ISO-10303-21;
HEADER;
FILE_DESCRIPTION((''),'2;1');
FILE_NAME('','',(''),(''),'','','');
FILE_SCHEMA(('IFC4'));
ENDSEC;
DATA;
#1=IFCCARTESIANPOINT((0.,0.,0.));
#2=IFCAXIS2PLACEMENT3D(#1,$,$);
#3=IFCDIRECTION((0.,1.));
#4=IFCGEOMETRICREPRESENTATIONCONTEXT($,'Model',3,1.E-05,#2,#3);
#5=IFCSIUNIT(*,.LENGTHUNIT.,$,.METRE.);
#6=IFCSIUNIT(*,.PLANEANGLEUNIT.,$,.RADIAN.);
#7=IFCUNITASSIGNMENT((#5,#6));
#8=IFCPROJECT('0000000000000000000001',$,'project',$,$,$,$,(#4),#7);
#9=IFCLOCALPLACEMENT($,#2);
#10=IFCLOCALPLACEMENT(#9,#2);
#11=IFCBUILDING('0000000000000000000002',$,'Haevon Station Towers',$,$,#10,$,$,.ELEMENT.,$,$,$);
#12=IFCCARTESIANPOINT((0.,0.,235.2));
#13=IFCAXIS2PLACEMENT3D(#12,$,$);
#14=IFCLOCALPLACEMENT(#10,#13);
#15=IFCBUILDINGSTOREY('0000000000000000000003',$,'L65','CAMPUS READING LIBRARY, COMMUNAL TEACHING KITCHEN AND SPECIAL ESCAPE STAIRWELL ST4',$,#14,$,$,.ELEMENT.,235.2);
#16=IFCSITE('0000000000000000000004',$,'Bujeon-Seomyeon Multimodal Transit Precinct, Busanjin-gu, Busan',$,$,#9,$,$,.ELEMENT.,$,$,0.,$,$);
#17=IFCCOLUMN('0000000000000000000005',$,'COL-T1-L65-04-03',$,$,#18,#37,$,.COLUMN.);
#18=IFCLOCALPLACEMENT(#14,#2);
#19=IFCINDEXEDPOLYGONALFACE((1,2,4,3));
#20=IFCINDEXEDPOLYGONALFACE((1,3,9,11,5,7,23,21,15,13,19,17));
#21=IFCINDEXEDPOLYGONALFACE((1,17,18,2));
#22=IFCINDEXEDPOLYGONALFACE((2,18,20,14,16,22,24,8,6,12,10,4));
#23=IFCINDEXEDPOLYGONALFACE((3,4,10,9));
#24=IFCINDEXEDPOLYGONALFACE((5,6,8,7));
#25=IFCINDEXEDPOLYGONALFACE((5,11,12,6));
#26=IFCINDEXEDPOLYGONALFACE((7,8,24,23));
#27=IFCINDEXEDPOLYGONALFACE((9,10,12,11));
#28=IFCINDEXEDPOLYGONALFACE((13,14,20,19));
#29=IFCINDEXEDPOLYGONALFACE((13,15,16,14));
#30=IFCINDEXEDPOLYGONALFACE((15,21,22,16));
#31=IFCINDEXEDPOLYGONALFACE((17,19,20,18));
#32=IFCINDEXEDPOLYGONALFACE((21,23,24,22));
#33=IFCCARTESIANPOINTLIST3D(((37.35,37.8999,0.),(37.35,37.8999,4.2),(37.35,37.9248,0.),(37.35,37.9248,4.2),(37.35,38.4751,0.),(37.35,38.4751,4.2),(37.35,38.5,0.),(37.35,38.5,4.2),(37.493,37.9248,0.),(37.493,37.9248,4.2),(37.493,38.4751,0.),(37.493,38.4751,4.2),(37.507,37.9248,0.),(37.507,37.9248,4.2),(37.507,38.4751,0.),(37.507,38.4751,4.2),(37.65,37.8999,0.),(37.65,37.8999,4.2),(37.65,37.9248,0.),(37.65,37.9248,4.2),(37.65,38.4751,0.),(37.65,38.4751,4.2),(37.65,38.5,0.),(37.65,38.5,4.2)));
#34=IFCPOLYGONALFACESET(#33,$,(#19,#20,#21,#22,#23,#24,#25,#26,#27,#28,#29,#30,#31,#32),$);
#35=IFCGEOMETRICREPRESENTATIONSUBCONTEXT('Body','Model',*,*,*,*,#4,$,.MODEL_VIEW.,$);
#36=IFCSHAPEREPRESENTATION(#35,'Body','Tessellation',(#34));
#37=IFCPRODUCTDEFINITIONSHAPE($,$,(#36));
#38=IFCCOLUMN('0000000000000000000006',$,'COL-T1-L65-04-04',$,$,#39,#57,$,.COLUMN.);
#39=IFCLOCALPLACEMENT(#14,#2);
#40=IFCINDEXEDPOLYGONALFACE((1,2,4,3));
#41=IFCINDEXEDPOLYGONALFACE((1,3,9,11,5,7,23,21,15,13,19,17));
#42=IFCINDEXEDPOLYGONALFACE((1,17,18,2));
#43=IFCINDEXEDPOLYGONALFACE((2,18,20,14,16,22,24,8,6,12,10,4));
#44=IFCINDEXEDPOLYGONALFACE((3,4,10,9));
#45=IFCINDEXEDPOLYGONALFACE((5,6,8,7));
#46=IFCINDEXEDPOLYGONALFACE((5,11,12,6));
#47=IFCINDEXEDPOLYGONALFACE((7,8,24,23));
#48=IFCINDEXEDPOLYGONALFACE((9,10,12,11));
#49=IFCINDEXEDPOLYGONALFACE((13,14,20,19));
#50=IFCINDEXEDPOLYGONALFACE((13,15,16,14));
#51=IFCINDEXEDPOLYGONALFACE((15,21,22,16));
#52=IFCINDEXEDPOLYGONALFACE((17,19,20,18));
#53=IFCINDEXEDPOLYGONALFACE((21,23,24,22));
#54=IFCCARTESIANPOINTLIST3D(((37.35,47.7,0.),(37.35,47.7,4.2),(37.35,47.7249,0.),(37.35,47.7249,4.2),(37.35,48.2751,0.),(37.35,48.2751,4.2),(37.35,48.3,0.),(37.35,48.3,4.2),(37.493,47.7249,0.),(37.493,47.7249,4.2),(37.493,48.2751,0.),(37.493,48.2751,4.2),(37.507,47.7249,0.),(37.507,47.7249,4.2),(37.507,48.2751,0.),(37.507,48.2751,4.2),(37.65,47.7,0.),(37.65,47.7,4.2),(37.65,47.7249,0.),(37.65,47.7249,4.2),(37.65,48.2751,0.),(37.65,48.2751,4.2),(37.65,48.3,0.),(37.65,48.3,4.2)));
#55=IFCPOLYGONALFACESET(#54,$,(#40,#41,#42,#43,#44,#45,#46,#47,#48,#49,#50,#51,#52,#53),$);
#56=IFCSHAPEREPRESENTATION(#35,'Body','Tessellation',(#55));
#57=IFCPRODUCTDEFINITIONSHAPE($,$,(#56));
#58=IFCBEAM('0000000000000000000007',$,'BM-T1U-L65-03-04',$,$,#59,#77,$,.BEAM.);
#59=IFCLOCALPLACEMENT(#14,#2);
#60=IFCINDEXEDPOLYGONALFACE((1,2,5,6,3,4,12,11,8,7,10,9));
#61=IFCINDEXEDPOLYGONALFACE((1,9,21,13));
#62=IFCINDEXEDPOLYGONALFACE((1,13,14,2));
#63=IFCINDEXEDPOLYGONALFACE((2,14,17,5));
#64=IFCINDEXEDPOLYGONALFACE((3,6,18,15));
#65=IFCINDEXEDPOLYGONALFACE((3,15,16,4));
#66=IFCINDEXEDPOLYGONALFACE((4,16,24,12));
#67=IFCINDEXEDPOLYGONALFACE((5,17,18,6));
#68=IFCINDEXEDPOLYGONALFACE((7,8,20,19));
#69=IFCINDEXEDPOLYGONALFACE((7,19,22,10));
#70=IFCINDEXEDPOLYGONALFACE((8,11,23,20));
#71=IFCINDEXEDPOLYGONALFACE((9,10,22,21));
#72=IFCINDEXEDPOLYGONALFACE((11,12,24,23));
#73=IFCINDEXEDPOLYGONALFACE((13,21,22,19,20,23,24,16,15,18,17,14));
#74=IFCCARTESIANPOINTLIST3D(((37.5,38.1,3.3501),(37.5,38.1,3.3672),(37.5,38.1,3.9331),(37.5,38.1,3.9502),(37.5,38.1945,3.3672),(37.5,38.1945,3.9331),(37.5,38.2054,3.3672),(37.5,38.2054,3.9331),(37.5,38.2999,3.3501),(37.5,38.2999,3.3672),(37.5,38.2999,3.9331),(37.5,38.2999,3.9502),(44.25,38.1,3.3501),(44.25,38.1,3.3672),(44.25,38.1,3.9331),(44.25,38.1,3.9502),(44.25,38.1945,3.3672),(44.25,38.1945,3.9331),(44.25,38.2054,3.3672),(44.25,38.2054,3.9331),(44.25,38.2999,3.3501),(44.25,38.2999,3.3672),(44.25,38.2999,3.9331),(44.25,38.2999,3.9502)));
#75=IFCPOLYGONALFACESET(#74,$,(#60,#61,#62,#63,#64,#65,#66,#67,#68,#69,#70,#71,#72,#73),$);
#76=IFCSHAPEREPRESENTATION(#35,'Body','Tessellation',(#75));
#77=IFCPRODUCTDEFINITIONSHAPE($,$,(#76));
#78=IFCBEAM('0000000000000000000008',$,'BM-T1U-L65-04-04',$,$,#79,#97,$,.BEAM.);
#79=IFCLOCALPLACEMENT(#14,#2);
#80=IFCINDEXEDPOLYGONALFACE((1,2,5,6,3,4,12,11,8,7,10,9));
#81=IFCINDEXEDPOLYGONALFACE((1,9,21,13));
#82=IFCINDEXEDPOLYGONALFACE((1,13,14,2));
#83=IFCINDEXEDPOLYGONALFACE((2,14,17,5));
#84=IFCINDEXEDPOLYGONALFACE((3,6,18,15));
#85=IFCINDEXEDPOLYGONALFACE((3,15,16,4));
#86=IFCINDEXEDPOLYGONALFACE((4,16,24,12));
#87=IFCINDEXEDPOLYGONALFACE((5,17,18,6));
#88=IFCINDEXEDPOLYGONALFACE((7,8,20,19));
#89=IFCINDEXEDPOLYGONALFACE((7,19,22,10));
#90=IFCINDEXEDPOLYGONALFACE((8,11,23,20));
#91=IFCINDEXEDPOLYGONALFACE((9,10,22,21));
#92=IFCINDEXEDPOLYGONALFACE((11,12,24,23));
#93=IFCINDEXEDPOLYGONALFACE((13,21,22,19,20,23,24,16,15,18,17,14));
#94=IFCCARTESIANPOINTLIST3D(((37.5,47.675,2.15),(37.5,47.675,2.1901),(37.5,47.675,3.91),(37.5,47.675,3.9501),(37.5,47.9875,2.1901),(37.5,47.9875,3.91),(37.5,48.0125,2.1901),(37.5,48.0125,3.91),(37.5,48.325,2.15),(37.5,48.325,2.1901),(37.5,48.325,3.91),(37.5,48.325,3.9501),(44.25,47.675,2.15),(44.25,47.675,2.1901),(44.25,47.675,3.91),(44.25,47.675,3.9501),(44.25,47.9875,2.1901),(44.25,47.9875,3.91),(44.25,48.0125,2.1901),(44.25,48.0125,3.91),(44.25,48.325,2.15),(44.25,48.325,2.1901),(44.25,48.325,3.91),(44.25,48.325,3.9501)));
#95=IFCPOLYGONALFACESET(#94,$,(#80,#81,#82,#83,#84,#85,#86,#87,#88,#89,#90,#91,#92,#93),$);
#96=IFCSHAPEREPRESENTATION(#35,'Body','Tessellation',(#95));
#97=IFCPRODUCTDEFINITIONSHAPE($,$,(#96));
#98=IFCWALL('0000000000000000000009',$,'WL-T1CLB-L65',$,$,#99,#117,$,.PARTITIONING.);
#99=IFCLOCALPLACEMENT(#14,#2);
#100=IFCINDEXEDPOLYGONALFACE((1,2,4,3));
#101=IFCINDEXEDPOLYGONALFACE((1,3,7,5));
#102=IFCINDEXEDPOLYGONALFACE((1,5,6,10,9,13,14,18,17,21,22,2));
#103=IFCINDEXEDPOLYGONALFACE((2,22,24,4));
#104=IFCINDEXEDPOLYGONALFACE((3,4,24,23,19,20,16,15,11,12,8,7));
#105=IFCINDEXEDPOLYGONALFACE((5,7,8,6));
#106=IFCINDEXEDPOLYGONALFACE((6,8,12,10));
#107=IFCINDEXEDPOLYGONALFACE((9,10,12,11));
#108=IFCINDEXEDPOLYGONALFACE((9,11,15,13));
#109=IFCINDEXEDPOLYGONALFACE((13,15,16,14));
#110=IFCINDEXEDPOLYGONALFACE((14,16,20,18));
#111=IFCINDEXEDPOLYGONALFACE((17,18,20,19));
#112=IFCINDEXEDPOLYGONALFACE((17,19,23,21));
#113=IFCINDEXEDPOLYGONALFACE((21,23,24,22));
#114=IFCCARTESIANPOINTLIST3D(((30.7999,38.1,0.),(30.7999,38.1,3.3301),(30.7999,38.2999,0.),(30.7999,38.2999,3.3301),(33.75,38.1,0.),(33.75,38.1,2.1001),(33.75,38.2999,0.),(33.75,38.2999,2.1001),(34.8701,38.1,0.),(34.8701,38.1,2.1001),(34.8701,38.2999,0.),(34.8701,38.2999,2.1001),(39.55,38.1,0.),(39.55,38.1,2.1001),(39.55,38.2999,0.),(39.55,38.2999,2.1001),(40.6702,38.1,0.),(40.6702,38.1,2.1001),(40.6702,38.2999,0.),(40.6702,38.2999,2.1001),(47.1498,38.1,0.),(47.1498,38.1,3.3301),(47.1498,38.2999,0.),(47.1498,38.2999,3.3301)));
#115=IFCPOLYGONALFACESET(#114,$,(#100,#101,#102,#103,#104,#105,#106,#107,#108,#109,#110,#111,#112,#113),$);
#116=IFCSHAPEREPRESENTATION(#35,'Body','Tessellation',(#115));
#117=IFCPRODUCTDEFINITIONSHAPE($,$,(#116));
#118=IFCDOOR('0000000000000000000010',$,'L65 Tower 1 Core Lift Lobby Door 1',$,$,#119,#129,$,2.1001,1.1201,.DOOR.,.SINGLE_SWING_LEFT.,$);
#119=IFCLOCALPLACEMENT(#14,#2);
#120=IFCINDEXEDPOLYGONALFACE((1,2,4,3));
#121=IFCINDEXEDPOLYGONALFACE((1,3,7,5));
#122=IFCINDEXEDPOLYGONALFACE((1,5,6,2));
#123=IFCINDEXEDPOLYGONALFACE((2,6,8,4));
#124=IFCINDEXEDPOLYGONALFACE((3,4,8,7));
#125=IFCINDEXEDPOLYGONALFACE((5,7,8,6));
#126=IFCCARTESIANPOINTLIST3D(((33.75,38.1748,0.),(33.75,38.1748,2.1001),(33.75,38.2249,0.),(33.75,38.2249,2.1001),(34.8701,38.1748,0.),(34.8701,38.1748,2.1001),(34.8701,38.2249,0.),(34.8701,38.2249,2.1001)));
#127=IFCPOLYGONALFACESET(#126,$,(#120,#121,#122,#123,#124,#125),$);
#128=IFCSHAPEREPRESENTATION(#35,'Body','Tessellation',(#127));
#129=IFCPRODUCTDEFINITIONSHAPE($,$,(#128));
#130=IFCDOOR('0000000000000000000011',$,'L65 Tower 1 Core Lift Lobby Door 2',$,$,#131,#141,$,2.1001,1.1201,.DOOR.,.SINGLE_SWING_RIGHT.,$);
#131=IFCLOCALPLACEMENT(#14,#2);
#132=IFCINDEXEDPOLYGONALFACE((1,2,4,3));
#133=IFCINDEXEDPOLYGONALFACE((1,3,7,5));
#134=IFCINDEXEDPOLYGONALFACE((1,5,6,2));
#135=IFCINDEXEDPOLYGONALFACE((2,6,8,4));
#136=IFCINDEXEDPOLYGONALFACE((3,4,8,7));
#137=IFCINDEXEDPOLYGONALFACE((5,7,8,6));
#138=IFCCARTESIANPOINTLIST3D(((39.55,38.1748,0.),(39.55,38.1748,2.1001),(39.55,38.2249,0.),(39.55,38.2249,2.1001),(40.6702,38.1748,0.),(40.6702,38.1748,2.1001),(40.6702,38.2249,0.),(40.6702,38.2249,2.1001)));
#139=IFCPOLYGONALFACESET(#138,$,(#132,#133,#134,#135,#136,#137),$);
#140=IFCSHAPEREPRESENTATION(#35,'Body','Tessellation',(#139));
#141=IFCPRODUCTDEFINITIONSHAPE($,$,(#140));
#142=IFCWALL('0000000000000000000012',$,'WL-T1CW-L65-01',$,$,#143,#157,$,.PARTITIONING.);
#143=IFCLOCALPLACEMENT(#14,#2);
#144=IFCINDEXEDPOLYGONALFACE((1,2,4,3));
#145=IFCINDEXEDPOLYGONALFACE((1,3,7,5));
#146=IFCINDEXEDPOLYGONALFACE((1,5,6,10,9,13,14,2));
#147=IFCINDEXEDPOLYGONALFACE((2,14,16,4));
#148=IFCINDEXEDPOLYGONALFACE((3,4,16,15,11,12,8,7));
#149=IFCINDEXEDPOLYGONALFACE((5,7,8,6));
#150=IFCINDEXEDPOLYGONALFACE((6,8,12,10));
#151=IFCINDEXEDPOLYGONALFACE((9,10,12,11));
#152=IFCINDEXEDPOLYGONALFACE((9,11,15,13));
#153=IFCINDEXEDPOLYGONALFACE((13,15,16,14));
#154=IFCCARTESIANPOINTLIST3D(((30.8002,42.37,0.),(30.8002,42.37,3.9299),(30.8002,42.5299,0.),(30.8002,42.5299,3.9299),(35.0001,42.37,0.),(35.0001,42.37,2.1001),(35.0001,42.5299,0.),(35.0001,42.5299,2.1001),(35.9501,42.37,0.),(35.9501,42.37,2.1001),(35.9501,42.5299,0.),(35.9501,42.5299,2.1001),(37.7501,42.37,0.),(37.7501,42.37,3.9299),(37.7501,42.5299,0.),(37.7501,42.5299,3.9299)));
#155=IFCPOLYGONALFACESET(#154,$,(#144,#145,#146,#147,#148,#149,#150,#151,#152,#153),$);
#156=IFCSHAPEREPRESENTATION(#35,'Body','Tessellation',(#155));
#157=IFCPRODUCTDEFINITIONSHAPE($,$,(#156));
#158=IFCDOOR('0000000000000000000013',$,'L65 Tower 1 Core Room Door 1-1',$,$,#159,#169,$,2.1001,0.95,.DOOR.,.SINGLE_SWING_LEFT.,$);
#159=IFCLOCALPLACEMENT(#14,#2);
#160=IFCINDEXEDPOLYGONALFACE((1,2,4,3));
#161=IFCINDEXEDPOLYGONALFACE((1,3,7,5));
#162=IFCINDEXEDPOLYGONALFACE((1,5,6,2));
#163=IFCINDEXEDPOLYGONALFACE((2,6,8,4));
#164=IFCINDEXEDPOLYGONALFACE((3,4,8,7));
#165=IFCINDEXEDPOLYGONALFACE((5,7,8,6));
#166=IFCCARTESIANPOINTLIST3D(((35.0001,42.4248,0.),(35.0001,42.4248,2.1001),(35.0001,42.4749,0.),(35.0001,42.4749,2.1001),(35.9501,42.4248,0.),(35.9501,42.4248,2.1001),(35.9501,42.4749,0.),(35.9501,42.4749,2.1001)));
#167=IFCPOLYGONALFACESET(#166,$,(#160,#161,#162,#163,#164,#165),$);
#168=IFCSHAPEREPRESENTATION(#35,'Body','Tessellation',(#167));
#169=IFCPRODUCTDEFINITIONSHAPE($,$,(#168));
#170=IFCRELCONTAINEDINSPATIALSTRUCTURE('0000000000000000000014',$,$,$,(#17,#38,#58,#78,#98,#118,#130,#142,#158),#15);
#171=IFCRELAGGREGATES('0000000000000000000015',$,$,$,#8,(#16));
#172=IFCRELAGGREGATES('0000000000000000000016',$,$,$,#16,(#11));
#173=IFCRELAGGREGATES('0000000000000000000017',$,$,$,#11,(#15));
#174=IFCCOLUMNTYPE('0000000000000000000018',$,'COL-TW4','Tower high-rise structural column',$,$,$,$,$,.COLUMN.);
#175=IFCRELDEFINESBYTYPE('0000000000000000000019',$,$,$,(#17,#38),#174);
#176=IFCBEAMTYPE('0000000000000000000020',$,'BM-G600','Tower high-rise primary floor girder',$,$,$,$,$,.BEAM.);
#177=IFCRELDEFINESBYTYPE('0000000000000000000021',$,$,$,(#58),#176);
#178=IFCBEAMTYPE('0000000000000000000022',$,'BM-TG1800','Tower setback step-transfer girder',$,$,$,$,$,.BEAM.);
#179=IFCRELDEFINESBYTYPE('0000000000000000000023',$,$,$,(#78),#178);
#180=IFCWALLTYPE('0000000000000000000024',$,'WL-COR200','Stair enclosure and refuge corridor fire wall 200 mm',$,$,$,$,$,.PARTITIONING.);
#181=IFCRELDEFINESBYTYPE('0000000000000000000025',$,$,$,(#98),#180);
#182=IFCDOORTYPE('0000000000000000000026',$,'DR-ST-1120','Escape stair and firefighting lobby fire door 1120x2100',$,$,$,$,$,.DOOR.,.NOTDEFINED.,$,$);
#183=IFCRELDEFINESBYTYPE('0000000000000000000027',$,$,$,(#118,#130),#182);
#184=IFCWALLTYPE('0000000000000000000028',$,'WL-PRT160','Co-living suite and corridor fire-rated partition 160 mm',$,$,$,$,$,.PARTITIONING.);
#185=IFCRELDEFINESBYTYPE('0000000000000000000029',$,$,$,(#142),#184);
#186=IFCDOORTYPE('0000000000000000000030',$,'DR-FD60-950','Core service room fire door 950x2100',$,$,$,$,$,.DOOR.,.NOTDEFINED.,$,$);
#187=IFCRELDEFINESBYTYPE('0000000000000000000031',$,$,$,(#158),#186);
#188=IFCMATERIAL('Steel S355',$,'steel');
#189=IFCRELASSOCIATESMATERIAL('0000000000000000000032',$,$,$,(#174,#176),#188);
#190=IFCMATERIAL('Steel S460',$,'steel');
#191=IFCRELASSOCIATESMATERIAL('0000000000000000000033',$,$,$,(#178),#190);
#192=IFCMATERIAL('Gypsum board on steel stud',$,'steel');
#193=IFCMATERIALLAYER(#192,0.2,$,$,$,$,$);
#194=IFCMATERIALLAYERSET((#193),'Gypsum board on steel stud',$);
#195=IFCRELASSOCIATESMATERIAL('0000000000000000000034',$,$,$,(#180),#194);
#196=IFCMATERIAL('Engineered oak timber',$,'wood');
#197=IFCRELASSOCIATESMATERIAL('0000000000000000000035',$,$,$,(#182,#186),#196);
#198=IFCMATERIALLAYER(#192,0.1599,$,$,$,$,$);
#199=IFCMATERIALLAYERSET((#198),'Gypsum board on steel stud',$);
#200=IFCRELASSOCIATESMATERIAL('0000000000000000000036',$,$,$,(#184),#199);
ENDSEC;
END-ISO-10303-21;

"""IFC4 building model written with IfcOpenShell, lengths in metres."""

from ifc_helpers import new_model, si_unit, direction, frame, frame_2d, origin, origin_2d, place, context, subcontext, project, spatial, rectangle, i_section, extrude, material, layer, layer_set, material_profile, profile_set, type_object, element, fill, save


model = new_model("IFC4")

# Units and contexts
model_context = context("Model", 3, precision=1e-05, world=origin(), true_north=direction((0.0, 1.0)))
body_context = subcontext(model_context, "Body", "Model", "MODEL_VIEW")
ifc_project = project(units=[si_unit("LENGTHUNIT", "METRE"), si_unit("PLANEANGLEUNIT", "RADIAN")], contexts=[model_context])

# Site, building, storey
site_placement = place(None, origin())
site = spatial("IfcSite", under=ifc_project, at=site_placement, Name="Bujeon-Seomyeon Multimodal Transit Precinct, Busanjin-gu, Busan", CompositionType="ELEMENT", RefElevation=0.0)
building_placement = place(site_placement, origin())
building = spatial("IfcBuilding", under=site, at=building_placement, Name="Haevon Station Towers", CompositionType="ELEMENT")
storey_placement = place(building_placement, frame((0.0, 0.0, 235.2)))
storey = spatial("IfcBuildingStorey", under=building, at=storey_placement, Name="L65", Description="CAMPUS READING LIBRARY, COMMUNAL TEACHING KITCHEN AND SPECIAL ESCAPE STAIRWELL ST4", CompositionType="ELEMENT", Elevation=235.2)

# Columns
ifc_material_1 = material(Name="Steel S355", Category="steel")
ifc_material_profile_1 = material_profile(ifc_material_1, i_section(OverallWidth=0.3, OverallDepth=0.6001, WebThickness=0.0139, FlangeThickness=0.0249, at=origin_2d()), Name="H-600x300x14x25")
ifc_profile_set_1 = profile_set([ifc_material_profile_1], Name="Steel S355")
column_type = type_object("IfcColumnType", Name="COL-TW4", Description="Tower high-rise structural column", PredefinedType="COLUMN", material=ifc_profile_set_1)
for number, where, z_axis, x_axis, name in (
    (1, (37.5, 38.2, 0.0), (0.0, 0.0, 1.0), (1.0, 0.0, 0.0), "COL-T1-L65-04-03"),
    (2, (37.5, 48.0, 0.0), (0.0, 0.0, 1.0), (1.0, 0.0, 0.0), "COL-T1-L65-04-04"),
):
    element("IfcColumn", number, at=place(storey_placement, frame(where, z_axis=z_axis, x_axis=x_axis)), inside=storey, type_object=column_type, Name=name, PredefinedType="COLUMN", context=body_context, shape_type="SweptSolid", body=[
        extrude(i_section(OverallWidth=0.3, OverallDepth=0.6001, WebThickness=0.0139, FlangeThickness=0.0249, at=origin_2d()), origin(), (0.0, 0.0, 1.0), 4.2),
    ])

# Beams
ifc_material_profile_2 = material_profile(ifc_material_1, i_section(OverallWidth=0.2, OverallDepth=0.6001, WebThickness=0.011, FlangeThickness=0.0171, at=origin_2d()), Name="H-600x200x11x17")
ifc_profile_set_2 = profile_set([ifc_material_profile_2], Name="Steel S355")
beam_type_1 = type_object("IfcBeamType", Name="BM-G600", Description="Tower high-rise primary floor girder", PredefinedType="BEAM", material=ifc_profile_set_2)
beam_1_placement = place(storey_placement, frame((37.5, 38.2, 3.6501), z_axis=(1.0, 0.0, 0.0), x_axis=(0.0, 1.0, 0.0)))
element("IfcBeam", 3, at=beam_1_placement, inside=storey, type_object=beam_type_1, Name="BM-T1U-L65-03-04", PredefinedType="BEAM", context=body_context, shape_type="SweptSolid", body=[
    extrude(i_section(OverallWidth=0.2, OverallDepth=0.6001, WebThickness=0.011, FlangeThickness=0.0171, at=origin_2d()), origin(), (0.0, 0.0, 1.0), 6.75),
])
ifc_material_2 = material(Name="Steel S460", Category="steel")
ifc_material_profile_3 = material_profile(ifc_material_2, i_section(OverallWidth=0.6499, OverallDepth=1.8, WebThickness=0.0249, FlangeThickness=0.04, at=origin_2d()), Name="H-1800x650x25x40")
ifc_profile_set_3 = profile_set([ifc_material_profile_3], Name="Steel S460")
beam_type_2 = type_object("IfcBeamType", Name="BM-TG1800", Description="Tower setback step-transfer girder", PredefinedType="BEAM", material=ifc_profile_set_3)
beam_2_placement = place(storey_placement, frame((37.5, 48.0, 3.05), z_axis=(1.0, 0.0, 0.0), x_axis=(0.0, 1.0, 0.0)))
element("IfcBeam", 4, at=beam_2_placement, inside=storey, type_object=beam_type_2, Name="BM-T1U-L65-04-04", PredefinedType="BEAM", context=body_context, shape_type="SweptSolid", body=[
    extrude(i_section(OverallWidth=0.6499, OverallDepth=1.8, WebThickness=0.0249, FlangeThickness=0.04, at=origin_2d()), origin(), (0.0, 0.0, 1.0), 6.75),
])

# Wall, openings, doors
ifc_material_3 = material(Name="Gypsum board on steel stud", Category="steel")
ifc_layer_1 = layer(ifc_material_3, 0.2)
ifc_layer_set_1 = layer_set([ifc_layer_1], Name="Gypsum board on steel stud")
wall_type_1 = type_object("IfcWallType", Name="WL-COR200", Description="Stair enclosure and refuge corridor fire wall 200 mm", PredefinedType="PARTITIONING", material=ifc_layer_set_1)
wall_1_placement = place(storey_placement, frame((30.8, 38.2, 0.0), z_axis=(0.0, 0.0, 1.0), x_axis=(1.0, 0.0, 0.0)))
wall_1 = element("IfcWall", 5, at=wall_1_placement, inside=storey, type_object=wall_type_1, Name="WL-T1CLB-L65", PredefinedType="PARTITIONING", context=body_context, shape_type="SweptSolid", body=[
    extrude(rectangle(XDim=16.3499, YDim=0.2, at=frame_2d((8.1748, 0.0))), origin(), (0.0, 0.0, 1.0), 3.3301),
])
opening_1_placement = place(wall_1_placement, frame((2.95, 0.0, 0.0)))
opening_1 = element("IfcOpeningElement", 6, at=opening_1_placement, cuts=wall_1, PredefinedType="OPENING", context=body_context, shape_type="SweptSolid", body=[
    extrude(rectangle(XDim=1.1201, YDim=2.1001, at=frame_2d((0.5601, 1.05))), frame((0.0, 0.1099, 0.0), z_axis=(0.0, -1.0, 0.0), x_axis=(1.0, 0.0, 0.0)), (0.0, 0.0, 1.0), 0.22),
])
opening_2_placement = place(wall_1_placement, frame((8.75, 0.0, 0.0)))
opening_2 = element("IfcOpeningElement", 7, at=opening_2_placement, cuts=wall_1, PredefinedType="OPENING", context=body_context, shape_type="SweptSolid", body=[
    extrude(rectangle(XDim=1.1201, YDim=2.1001, at=frame_2d((0.5601, 1.05))), frame((0.0, 0.1099, 0.0), z_axis=(0.0, -1.0, 0.0), x_axis=(1.0, 0.0, 0.0)), (0.0, 0.0, 1.0), 0.22),
])
ifc_material_4 = material(Name="Engineered oak timber", Category="wood")
door_type_1 = type_object("IfcDoorType", Name="DR-ST-1120", Description="Escape stair and firefighting lobby fire door 1120x2100", OperationType="NOTDEFINED", PredefinedType="DOOR", material=ifc_material_4)
door_1_placement = place(opening_1_placement, origin())
door_1 = element("IfcDoor", 8, at=door_1_placement, inside=storey, type_object=door_type_1, Name="L65 Tower 1 Core Lift Lobby Door 1", OperationType="SINGLE_SWING_LEFT", OverallHeight=2.1001, OverallWidth=1.1201, PredefinedType="DOOR", context=body_context, shape_type="SweptSolid", body=[
    extrude(rectangle(XDim=1.1201, YDim=2.1001, at=frame_2d((0.5601, 1.05))), frame((0.0, 0.0249, 0.0), z_axis=(0.0, -1.0, 0.0), x_axis=(1.0, 0.0, 0.0)), (0.0, 0.0, 1.0), 0.05),
])
fill(opening_1, door_1)
door_2_placement = place(opening_2_placement, origin())
door_2 = element("IfcDoor", 9, at=door_2_placement, inside=storey, type_object=door_type_1, Name="L65 Tower 1 Core Lift Lobby Door 2", OperationType="SINGLE_SWING_RIGHT", OverallHeight=2.1001, OverallWidth=1.1201, PredefinedType="DOOR", context=body_context, shape_type="SweptSolid", body=[
    extrude(rectangle(XDim=1.1201, YDim=2.1001, at=frame_2d((0.5601, 1.05))), frame((0.0, 0.0249, 0.0), z_axis=(0.0, -1.0, 0.0), x_axis=(1.0, 0.0, 0.0)), (0.0, 0.0, 1.0), 0.05),
])
fill(opening_2, door_2)

# Wall, opening, door
ifc_layer_2 = layer(ifc_material_3, 0.1599)
ifc_layer_set_2 = layer_set([ifc_layer_2], Name="Gypsum board on steel stud")
wall_type_2 = type_object("IfcWallType", Name="WL-PRT160", Description="Co-living suite and corridor fire-rated partition 160 mm", PredefinedType="PARTITIONING", material=ifc_layer_set_2)
wall_2_placement = place(storey_placement, frame((30.8, 42.45, 0.0), z_axis=(0.0, 0.0, 1.0), x_axis=(1.0, 0.0, 0.0)))
wall_2 = element("IfcWall", 10, at=wall_2_placement, inside=storey, type_object=wall_type_2, Name="WL-T1CW-L65-01", PredefinedType="PARTITIONING", context=body_context, shape_type="SweptSolid", body=[
    extrude(rectangle(XDim=6.95, YDim=0.1599, at=frame_2d((3.4751, 0.0))), origin(), (0.0, 0.0, 1.0), 3.9299),
])
opening_3_placement = place(wall_2_placement, frame((4.2, 0.0, 0.0)))
opening_3 = element("IfcOpeningElement", 11, at=opening_3_placement, cuts=wall_2, PredefinedType="OPENING", context=body_context, shape_type="SweptSolid", body=[
    extrude(rectangle(XDim=0.95, YDim=2.1001, at=frame_2d((0.4751, 1.05))), frame((0.0, 0.0898, 0.0), z_axis=(0.0, -1.0, 0.0), x_axis=(1.0, 0.0, 0.0)), (0.0, 0.0, 1.0), 0.1799),
])
door_type_2 = type_object("IfcDoorType", Name="DR-FD60-950", Description="Core service room fire door 950x2100", OperationType="NOTDEFINED", PredefinedType="DOOR", material=ifc_material_4)
door_3_placement = place(opening_3_placement, origin())
door_3 = element("IfcDoor", 12, at=door_3_placement, inside=storey, type_object=door_type_2, Name="L65 Tower 1 Core Room Door 1-1", OperationType="SINGLE_SWING_LEFT", OverallHeight=2.1001, OverallWidth=0.95, PredefinedType="DOOR", context=body_context, shape_type="SweptSolid", body=[
    extrude(rectangle(XDim=0.95, YDim=2.1001, at=frame_2d((0.4751, 1.05))), frame((0.0, 0.0249, 0.0), z_axis=(0.0, -1.0, 0.0), x_axis=(1.0, 0.0, 0.0)), (0.0, 0.0, 1.0), 0.05),
])
fill(opening_3, door_3)

save(model, "model.ifc")
